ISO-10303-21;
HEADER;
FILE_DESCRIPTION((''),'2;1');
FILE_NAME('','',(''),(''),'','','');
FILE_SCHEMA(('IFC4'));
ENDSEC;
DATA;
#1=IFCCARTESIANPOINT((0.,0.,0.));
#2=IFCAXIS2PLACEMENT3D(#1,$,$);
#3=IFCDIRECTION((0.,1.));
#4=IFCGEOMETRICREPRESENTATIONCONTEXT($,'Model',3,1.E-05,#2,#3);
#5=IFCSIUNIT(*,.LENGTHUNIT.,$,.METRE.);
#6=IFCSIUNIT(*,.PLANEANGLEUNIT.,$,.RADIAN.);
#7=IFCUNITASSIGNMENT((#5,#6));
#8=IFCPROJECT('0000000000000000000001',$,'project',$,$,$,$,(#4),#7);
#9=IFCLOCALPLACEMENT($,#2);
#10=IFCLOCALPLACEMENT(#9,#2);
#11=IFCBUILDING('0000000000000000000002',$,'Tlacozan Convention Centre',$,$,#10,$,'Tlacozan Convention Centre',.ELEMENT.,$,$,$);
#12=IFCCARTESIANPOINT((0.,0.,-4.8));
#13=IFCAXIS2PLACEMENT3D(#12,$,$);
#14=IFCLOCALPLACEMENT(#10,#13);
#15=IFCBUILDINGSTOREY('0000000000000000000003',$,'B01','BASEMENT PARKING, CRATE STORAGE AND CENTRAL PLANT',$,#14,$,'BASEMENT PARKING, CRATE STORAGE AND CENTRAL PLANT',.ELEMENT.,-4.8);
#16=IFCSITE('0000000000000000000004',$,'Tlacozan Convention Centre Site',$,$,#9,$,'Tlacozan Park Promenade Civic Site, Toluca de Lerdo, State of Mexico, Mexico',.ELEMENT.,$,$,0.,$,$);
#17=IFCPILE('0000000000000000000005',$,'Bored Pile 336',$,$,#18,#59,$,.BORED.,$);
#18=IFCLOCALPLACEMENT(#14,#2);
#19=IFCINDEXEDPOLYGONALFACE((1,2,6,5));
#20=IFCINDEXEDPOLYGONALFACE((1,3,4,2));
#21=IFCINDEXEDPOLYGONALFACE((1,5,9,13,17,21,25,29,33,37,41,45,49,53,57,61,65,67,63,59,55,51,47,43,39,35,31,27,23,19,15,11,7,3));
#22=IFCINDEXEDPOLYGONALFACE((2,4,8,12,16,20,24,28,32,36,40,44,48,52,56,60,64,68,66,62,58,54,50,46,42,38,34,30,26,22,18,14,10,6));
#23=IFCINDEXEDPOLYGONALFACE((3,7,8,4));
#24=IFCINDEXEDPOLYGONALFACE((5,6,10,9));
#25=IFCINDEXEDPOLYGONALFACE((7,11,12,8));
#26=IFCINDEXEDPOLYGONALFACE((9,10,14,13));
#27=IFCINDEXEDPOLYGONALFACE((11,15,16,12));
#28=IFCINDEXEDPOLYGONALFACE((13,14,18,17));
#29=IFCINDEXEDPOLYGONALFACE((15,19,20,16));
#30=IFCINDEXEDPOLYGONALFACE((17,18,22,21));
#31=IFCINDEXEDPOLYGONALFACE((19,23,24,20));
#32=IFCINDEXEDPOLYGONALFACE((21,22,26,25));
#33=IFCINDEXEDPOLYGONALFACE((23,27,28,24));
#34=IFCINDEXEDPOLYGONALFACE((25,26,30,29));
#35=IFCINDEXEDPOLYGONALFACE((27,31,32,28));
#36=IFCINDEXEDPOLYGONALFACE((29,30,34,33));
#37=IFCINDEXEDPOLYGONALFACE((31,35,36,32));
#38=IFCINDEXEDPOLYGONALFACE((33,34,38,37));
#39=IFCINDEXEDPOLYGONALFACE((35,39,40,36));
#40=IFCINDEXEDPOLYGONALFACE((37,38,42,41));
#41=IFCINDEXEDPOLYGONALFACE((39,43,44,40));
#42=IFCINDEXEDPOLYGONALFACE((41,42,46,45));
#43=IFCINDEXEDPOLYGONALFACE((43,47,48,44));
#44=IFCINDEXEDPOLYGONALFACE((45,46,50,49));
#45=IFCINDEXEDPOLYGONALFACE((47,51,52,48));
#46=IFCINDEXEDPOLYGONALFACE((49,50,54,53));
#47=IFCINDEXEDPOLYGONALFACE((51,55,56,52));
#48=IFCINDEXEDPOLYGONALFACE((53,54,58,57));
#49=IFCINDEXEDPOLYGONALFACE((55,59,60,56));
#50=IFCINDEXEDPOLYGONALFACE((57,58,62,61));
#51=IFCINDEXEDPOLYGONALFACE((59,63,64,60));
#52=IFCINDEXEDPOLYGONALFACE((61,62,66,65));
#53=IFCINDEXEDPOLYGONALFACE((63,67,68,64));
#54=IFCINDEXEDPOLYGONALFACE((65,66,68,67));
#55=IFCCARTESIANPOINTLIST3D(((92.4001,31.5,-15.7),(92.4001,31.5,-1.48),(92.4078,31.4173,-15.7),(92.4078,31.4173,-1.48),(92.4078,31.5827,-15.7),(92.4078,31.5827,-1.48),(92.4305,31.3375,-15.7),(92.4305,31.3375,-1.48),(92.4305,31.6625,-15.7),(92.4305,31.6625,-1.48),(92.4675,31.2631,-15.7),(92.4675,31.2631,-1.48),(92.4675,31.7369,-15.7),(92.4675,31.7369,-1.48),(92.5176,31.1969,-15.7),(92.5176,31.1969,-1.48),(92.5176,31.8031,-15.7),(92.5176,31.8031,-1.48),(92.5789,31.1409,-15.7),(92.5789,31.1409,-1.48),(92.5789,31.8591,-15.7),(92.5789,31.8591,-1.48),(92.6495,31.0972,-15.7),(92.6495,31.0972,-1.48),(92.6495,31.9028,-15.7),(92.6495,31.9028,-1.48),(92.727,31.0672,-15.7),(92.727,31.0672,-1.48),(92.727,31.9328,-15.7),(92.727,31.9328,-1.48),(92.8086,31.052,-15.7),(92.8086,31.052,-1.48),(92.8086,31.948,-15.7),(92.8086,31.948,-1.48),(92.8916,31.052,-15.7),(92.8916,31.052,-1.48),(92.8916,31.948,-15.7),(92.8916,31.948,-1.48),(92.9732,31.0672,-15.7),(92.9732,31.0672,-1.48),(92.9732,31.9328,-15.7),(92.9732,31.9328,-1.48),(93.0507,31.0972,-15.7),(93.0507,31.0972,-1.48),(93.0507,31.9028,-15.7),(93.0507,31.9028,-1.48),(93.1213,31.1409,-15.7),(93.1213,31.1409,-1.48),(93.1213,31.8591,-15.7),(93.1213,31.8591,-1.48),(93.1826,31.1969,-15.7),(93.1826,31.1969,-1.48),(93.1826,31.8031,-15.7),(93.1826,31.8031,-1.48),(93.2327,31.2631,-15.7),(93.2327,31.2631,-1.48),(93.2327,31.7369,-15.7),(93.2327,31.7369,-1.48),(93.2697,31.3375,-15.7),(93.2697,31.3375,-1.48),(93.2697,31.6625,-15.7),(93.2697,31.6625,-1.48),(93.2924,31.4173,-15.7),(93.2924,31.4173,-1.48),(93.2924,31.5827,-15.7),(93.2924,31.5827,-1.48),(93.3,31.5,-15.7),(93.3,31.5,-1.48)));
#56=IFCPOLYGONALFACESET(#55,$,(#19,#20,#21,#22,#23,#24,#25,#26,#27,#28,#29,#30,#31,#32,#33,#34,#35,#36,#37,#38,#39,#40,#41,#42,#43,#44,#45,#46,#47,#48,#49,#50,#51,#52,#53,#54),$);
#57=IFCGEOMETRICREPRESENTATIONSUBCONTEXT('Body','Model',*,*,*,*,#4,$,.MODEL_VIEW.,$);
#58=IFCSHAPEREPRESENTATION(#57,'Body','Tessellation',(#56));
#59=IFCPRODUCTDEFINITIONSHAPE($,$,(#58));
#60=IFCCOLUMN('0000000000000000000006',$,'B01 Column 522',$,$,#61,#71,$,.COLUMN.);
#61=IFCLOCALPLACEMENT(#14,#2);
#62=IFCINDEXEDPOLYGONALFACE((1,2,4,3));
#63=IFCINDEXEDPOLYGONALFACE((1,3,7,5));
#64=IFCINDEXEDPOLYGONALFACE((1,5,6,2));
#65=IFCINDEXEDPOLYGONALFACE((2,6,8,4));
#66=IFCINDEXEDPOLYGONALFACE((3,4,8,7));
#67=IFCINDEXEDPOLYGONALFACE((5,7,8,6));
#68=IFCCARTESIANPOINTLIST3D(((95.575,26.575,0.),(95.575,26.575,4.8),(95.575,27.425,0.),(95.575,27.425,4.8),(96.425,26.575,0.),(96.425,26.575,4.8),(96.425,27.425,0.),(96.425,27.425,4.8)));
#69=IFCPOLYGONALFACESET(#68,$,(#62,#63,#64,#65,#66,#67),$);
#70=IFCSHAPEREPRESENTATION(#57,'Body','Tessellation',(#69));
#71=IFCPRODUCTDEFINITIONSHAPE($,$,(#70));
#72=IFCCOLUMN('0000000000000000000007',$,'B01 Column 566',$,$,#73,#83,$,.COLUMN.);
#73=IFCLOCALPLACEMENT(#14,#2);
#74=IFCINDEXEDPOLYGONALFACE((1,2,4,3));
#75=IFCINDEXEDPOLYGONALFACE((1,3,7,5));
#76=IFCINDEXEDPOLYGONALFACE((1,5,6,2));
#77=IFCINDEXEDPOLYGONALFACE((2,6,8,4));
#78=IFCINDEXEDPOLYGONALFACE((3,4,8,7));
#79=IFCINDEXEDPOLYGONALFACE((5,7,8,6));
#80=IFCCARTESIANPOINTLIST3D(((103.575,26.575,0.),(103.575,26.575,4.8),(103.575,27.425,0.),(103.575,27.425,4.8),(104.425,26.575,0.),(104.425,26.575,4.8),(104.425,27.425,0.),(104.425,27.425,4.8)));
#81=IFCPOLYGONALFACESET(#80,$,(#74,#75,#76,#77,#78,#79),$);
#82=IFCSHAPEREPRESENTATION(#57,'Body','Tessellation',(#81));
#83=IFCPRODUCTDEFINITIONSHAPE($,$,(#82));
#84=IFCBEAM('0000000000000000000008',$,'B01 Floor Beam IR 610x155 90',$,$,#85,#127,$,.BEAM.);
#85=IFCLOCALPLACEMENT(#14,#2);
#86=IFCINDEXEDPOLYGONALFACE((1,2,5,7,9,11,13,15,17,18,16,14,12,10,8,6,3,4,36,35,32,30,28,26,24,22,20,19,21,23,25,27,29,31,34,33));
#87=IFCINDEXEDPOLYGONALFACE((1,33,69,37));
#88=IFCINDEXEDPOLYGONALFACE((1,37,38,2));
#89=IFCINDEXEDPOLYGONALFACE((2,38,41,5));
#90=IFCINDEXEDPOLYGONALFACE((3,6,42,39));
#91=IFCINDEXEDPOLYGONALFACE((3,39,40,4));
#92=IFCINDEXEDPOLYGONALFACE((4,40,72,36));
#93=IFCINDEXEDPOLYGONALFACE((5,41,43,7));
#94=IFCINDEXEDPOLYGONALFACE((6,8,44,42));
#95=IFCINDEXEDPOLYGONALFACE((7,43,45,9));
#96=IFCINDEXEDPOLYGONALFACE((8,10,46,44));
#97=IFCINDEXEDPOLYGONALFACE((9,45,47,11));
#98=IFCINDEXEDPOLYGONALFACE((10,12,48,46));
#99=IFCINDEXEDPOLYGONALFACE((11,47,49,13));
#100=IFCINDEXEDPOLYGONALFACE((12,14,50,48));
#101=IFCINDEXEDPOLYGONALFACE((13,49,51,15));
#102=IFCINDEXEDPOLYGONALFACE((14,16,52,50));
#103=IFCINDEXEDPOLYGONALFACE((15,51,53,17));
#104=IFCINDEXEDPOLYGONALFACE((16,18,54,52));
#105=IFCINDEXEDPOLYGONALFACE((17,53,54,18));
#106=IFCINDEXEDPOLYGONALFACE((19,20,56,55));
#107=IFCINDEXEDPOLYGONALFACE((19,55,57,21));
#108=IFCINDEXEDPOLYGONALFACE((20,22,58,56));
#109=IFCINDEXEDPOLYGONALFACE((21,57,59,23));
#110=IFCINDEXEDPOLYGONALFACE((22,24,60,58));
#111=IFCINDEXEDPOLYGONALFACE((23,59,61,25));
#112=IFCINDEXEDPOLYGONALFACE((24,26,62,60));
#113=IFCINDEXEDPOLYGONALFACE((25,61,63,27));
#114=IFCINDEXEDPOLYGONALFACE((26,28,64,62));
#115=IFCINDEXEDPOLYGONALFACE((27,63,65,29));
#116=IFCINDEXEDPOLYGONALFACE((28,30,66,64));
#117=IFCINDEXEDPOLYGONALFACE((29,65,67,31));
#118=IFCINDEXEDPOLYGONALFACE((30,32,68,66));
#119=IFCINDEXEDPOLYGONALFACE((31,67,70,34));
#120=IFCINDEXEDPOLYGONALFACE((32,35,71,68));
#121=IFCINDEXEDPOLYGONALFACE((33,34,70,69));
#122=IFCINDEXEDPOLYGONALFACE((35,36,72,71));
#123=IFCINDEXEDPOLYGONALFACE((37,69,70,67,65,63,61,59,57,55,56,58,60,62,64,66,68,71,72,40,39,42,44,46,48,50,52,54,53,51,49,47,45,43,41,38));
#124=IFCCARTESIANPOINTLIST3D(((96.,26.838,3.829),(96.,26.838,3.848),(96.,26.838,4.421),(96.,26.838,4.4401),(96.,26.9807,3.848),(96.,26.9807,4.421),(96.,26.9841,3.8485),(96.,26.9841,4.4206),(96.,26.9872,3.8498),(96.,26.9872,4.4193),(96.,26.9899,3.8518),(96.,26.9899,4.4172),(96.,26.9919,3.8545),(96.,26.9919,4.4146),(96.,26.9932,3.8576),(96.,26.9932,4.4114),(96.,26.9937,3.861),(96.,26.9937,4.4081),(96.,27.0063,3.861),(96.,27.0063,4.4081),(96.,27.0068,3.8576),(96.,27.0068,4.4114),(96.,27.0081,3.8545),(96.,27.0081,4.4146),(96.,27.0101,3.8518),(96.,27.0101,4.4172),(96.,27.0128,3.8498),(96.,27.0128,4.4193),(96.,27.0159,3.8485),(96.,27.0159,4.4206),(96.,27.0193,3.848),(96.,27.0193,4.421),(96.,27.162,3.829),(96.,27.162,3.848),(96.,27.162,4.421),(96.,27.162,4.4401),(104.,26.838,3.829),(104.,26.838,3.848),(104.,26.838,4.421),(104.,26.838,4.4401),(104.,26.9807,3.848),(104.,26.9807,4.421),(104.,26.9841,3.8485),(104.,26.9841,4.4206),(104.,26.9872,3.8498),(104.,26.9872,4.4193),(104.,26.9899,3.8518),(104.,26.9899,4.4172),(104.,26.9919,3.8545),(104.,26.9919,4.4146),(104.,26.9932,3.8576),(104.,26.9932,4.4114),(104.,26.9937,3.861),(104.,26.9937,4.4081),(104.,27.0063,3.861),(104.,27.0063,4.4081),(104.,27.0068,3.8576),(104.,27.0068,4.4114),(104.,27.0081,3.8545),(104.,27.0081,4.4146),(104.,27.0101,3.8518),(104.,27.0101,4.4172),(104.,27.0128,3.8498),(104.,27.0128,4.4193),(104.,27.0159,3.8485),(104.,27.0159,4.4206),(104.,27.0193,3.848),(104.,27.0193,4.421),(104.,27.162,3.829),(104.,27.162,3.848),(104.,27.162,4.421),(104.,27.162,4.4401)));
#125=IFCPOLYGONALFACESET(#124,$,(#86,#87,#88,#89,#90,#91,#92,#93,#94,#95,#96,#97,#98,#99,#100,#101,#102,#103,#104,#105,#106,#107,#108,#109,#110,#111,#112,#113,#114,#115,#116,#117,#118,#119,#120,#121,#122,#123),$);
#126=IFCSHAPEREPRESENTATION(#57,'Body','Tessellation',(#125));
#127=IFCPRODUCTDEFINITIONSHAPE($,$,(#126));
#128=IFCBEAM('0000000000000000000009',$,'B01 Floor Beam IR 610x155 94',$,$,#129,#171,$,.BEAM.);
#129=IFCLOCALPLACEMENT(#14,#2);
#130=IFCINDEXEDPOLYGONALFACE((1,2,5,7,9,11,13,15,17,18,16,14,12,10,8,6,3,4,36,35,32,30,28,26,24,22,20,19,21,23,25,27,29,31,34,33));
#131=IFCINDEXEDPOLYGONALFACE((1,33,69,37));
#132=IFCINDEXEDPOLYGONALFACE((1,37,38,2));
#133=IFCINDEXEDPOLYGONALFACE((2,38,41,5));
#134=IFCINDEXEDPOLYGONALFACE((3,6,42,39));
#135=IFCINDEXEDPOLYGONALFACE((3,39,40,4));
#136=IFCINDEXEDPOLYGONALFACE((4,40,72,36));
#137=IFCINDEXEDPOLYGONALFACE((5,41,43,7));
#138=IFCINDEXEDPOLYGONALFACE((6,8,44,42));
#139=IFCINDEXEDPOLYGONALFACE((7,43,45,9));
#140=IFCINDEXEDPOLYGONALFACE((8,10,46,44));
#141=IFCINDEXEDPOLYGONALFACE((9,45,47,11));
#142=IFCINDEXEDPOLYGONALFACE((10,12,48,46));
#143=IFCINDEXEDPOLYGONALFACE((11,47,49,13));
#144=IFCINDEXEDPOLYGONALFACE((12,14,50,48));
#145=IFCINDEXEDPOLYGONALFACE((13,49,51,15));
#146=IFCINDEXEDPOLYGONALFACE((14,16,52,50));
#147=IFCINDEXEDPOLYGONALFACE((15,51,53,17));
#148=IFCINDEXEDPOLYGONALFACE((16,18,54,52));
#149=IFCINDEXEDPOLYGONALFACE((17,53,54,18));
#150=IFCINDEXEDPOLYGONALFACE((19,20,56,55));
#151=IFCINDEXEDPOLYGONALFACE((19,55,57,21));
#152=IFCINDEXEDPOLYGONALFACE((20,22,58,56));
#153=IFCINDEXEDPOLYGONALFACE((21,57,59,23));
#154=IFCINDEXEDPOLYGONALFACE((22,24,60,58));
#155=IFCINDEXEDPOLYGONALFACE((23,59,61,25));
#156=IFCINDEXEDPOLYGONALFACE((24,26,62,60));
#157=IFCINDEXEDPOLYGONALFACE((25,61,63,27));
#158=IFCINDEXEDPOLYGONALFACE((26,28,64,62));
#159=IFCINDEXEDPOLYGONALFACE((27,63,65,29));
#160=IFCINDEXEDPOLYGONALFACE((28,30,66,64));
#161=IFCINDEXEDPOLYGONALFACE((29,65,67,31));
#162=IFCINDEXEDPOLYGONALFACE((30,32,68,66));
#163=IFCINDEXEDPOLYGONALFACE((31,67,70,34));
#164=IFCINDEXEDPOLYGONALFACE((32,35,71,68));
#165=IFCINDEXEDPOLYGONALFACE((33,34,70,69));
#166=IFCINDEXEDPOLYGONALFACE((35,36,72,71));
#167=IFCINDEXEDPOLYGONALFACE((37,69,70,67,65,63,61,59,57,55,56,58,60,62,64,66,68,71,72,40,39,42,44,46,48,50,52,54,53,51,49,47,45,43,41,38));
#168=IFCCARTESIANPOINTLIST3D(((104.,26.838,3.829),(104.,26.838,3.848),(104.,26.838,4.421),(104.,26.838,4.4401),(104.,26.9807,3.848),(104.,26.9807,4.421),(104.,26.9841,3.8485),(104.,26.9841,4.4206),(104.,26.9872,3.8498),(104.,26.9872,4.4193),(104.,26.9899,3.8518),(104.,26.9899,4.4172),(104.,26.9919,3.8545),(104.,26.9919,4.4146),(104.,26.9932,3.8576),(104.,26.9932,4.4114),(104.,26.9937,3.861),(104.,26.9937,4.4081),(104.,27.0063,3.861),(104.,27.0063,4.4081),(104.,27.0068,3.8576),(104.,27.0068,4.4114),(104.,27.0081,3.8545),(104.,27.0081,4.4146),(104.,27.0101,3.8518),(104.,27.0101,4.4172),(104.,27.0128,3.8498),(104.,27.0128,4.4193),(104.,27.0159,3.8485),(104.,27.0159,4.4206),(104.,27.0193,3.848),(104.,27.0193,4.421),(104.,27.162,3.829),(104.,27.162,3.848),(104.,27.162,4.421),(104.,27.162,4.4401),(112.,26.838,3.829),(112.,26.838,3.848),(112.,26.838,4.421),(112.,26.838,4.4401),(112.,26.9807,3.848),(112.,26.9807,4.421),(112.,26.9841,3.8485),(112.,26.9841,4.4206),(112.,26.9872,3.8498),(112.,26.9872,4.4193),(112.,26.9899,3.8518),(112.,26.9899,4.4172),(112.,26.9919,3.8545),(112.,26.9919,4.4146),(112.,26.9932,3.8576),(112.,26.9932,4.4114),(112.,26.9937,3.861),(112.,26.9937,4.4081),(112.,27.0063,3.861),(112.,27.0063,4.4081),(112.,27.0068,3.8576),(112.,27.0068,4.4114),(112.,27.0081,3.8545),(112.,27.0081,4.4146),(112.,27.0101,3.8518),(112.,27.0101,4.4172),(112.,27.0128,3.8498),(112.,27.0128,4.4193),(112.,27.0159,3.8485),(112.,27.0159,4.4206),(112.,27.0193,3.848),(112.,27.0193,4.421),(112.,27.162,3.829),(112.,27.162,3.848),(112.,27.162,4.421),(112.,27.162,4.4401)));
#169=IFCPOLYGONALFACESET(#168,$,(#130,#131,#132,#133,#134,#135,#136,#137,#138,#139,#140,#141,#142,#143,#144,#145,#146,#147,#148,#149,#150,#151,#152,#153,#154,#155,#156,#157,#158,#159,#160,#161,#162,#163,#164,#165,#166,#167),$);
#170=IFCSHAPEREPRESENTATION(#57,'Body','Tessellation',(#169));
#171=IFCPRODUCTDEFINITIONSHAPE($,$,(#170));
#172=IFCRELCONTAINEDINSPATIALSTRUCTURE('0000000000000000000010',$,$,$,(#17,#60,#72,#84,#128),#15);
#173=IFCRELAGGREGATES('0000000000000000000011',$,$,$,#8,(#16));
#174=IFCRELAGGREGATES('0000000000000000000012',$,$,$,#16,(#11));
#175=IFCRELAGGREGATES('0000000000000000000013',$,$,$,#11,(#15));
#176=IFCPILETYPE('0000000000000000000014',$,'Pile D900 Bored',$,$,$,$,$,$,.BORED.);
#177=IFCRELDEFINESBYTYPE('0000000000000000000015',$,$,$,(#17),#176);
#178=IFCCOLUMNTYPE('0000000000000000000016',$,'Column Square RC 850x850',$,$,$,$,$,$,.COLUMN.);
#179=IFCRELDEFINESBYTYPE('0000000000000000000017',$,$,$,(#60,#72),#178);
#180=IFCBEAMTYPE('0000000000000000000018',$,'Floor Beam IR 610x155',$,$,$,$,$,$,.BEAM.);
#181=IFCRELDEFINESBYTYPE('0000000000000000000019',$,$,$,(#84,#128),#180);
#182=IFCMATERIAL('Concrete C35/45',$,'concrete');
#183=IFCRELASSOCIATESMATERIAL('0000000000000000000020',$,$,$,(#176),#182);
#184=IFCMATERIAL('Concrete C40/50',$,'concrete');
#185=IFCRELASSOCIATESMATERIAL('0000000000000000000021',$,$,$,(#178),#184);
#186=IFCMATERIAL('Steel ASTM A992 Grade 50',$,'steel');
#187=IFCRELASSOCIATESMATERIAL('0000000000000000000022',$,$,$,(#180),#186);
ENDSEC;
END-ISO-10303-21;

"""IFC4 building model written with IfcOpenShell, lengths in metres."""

from ifc_helpers import new_model, si_unit, direction, frame, origin, origin_2d, place, context, subcontext, project, spatial, rectangle, circle, i_section, extrude, material, material_profile, profile_set, type_object, element, save


model = new_model("IFC4")

# Units and contexts
model_context = context("Model", 3, precision=1e-05, world=origin(), true_north=direction((0.0, 1.0)))
body_context = subcontext(model_context, "Body", "Model", "MODEL_VIEW")
ifc_project = project(units=[si_unit("LENGTHUNIT", "METRE"), si_unit("PLANEANGLEUNIT", "RADIAN")], contexts=[model_context])

# Site, building, storey
site_placement = place(None, origin())
site = spatial("IfcSite", under=ifc_project, at=site_placement, Name="Tlacozan Convention Centre Site", LongName="Tlacozan Park Promenade Civic Site, Toluca de Lerdo, State of Mexico, Mexico", CompositionType="ELEMENT", RefElevation=0.0)
building_placement = place(site_placement, origin())
building = spatial("IfcBuilding", under=site, at=building_placement, Name="Tlacozan Convention Centre", LongName="Tlacozan Convention Centre", CompositionType="ELEMENT")
storey_placement = place(building_placement, frame((0.0, 0.0, -4.8)))
storey = spatial("IfcBuildingStorey", under=building, at=storey_placement, Name="B01", Description="BASEMENT PARKING, CRATE STORAGE AND CENTRAL PLANT", LongName="BASEMENT PARKING, CRATE STORAGE AND CENTRAL PLANT", CompositionType="ELEMENT", Elevation=-4.8)

# Shared definitions
ifc_material_1 = material(Name="Concrete C35/45", Category="concrete")

# Pile
ifc_material_profile_1 = material_profile(ifc_material_1, circle(Radius=0.45, at=origin_2d()), Name="PILE D900")
ifc_profile_set_1 = profile_set([ifc_material_profile_1], Name="Concrete C35/45")
pile_type_1 = type_object("IfcPileType", Name="Pile D900 Bored", PredefinedType="BORED", material=ifc_profile_set_1)
pile_placement = place(storey_placement, frame((92.8501, 31.5, -1.48), z_axis=(0.0, 0.0, -1.0), x_axis=(1.0, 0.0, 0.0)))
element("IfcPile", 1, at=pile_placement, inside=storey, type_object=pile_type_1, Name="Bored Pile 336", PredefinedType="BORED", context=body_context, shape_type="SweptSolid", body=[
    extrude(circle(Radius=0.45, at=origin_2d()), origin(), (0.0, 0.0, 1.0), 14.22),
])

# Columns
ifc_material_2 = material(Name="Concrete C40/50", Category="concrete")
ifc_material_profile_2 = material_profile(ifc_material_2, rectangle(XDim=0.8501, YDim=0.8501, at=origin_2d()), Name="RC 850x850")
ifc_profile_set_2 = profile_set([ifc_material_profile_2], Name="Concrete C40/50")
column_type = type_object("IfcColumnType", Name="Column Square RC 850x850", PredefinedType="COLUMN", material=ifc_profile_set_2)
for number, where, z_axis, x_axis, name in (
    (2, (96.0, 27.0, 0.0), (0.0, 0.0, 1.0), (1.0, 0.0, 0.0), "B01 Column 522"),
    (3, (104.0, 27.0, 0.0), (0.0, 0.0, 1.0), (1.0, 0.0, 0.0), "B01 Column 566"),
):
    element("IfcColumn", number, at=place(storey_placement, frame(where, z_axis=z_axis, x_axis=x_axis)), inside=storey, type_object=column_type, Name=name, PredefinedType="COLUMN", context=body_context, shape_type="SweptSolid", body=[
        extrude(rectangle(XDim=0.8501, YDim=0.8501, at=origin_2d()), origin(), (0.0, 0.0, 1.0), 4.8),
    ])

# Beams
ifc_material_3 = material(Name="Steel ASTM A992 Grade 50", Category="steel")
ifc_material_profile_3 = material_profile(ifc_material_3, i_section(OverallWidth=0.324, OverallDepth=0.6111, WebThickness=0.0127, FlangeThickness=0.019, FilletRadius=0.0129, at=origin_2d()), Name="IR 610x155.0")
ifc_profile_set_3 = profile_set([ifc_material_profile_3], Name="Steel ASTM A992 Grade 50")
beam_type_1 = type_object("IfcBeamType", Name="Floor Beam IR 610x155", PredefinedType="BEAM", material=ifc_profile_set_3)
for number, where, z_axis, x_axis, name in (
    (4, (96.0, 27.0, 4.1345), (1.0, 0.0, 0.0), (0.0, 1.0, 0.0), "B01 Floor Beam IR 610x155 90"),
    (5, (104.0, 27.0, 4.1345), (1.0, 0.0, 0.0), (0.0, 1.0, 0.0), "B01 Floor Beam IR 610x155 94"),
):
    element("IfcBeam", number, at=place(storey_placement, frame(where, z_axis=z_axis, x_axis=x_axis)), inside=storey, type_object=beam_type_1, Name=name, PredefinedType="BEAM", context=body_context, shape_type="SweptSolid", body=[
        extrude(i_section(OverallWidth=0.324, OverallDepth=0.6111, WebThickness=0.0127, FlangeThickness=0.019, FilletRadius=0.0129, at=origin_2d()), origin(), (0.0, 0.0, 1.0), 8.0),
    ])

save(model, "model.ifc")
